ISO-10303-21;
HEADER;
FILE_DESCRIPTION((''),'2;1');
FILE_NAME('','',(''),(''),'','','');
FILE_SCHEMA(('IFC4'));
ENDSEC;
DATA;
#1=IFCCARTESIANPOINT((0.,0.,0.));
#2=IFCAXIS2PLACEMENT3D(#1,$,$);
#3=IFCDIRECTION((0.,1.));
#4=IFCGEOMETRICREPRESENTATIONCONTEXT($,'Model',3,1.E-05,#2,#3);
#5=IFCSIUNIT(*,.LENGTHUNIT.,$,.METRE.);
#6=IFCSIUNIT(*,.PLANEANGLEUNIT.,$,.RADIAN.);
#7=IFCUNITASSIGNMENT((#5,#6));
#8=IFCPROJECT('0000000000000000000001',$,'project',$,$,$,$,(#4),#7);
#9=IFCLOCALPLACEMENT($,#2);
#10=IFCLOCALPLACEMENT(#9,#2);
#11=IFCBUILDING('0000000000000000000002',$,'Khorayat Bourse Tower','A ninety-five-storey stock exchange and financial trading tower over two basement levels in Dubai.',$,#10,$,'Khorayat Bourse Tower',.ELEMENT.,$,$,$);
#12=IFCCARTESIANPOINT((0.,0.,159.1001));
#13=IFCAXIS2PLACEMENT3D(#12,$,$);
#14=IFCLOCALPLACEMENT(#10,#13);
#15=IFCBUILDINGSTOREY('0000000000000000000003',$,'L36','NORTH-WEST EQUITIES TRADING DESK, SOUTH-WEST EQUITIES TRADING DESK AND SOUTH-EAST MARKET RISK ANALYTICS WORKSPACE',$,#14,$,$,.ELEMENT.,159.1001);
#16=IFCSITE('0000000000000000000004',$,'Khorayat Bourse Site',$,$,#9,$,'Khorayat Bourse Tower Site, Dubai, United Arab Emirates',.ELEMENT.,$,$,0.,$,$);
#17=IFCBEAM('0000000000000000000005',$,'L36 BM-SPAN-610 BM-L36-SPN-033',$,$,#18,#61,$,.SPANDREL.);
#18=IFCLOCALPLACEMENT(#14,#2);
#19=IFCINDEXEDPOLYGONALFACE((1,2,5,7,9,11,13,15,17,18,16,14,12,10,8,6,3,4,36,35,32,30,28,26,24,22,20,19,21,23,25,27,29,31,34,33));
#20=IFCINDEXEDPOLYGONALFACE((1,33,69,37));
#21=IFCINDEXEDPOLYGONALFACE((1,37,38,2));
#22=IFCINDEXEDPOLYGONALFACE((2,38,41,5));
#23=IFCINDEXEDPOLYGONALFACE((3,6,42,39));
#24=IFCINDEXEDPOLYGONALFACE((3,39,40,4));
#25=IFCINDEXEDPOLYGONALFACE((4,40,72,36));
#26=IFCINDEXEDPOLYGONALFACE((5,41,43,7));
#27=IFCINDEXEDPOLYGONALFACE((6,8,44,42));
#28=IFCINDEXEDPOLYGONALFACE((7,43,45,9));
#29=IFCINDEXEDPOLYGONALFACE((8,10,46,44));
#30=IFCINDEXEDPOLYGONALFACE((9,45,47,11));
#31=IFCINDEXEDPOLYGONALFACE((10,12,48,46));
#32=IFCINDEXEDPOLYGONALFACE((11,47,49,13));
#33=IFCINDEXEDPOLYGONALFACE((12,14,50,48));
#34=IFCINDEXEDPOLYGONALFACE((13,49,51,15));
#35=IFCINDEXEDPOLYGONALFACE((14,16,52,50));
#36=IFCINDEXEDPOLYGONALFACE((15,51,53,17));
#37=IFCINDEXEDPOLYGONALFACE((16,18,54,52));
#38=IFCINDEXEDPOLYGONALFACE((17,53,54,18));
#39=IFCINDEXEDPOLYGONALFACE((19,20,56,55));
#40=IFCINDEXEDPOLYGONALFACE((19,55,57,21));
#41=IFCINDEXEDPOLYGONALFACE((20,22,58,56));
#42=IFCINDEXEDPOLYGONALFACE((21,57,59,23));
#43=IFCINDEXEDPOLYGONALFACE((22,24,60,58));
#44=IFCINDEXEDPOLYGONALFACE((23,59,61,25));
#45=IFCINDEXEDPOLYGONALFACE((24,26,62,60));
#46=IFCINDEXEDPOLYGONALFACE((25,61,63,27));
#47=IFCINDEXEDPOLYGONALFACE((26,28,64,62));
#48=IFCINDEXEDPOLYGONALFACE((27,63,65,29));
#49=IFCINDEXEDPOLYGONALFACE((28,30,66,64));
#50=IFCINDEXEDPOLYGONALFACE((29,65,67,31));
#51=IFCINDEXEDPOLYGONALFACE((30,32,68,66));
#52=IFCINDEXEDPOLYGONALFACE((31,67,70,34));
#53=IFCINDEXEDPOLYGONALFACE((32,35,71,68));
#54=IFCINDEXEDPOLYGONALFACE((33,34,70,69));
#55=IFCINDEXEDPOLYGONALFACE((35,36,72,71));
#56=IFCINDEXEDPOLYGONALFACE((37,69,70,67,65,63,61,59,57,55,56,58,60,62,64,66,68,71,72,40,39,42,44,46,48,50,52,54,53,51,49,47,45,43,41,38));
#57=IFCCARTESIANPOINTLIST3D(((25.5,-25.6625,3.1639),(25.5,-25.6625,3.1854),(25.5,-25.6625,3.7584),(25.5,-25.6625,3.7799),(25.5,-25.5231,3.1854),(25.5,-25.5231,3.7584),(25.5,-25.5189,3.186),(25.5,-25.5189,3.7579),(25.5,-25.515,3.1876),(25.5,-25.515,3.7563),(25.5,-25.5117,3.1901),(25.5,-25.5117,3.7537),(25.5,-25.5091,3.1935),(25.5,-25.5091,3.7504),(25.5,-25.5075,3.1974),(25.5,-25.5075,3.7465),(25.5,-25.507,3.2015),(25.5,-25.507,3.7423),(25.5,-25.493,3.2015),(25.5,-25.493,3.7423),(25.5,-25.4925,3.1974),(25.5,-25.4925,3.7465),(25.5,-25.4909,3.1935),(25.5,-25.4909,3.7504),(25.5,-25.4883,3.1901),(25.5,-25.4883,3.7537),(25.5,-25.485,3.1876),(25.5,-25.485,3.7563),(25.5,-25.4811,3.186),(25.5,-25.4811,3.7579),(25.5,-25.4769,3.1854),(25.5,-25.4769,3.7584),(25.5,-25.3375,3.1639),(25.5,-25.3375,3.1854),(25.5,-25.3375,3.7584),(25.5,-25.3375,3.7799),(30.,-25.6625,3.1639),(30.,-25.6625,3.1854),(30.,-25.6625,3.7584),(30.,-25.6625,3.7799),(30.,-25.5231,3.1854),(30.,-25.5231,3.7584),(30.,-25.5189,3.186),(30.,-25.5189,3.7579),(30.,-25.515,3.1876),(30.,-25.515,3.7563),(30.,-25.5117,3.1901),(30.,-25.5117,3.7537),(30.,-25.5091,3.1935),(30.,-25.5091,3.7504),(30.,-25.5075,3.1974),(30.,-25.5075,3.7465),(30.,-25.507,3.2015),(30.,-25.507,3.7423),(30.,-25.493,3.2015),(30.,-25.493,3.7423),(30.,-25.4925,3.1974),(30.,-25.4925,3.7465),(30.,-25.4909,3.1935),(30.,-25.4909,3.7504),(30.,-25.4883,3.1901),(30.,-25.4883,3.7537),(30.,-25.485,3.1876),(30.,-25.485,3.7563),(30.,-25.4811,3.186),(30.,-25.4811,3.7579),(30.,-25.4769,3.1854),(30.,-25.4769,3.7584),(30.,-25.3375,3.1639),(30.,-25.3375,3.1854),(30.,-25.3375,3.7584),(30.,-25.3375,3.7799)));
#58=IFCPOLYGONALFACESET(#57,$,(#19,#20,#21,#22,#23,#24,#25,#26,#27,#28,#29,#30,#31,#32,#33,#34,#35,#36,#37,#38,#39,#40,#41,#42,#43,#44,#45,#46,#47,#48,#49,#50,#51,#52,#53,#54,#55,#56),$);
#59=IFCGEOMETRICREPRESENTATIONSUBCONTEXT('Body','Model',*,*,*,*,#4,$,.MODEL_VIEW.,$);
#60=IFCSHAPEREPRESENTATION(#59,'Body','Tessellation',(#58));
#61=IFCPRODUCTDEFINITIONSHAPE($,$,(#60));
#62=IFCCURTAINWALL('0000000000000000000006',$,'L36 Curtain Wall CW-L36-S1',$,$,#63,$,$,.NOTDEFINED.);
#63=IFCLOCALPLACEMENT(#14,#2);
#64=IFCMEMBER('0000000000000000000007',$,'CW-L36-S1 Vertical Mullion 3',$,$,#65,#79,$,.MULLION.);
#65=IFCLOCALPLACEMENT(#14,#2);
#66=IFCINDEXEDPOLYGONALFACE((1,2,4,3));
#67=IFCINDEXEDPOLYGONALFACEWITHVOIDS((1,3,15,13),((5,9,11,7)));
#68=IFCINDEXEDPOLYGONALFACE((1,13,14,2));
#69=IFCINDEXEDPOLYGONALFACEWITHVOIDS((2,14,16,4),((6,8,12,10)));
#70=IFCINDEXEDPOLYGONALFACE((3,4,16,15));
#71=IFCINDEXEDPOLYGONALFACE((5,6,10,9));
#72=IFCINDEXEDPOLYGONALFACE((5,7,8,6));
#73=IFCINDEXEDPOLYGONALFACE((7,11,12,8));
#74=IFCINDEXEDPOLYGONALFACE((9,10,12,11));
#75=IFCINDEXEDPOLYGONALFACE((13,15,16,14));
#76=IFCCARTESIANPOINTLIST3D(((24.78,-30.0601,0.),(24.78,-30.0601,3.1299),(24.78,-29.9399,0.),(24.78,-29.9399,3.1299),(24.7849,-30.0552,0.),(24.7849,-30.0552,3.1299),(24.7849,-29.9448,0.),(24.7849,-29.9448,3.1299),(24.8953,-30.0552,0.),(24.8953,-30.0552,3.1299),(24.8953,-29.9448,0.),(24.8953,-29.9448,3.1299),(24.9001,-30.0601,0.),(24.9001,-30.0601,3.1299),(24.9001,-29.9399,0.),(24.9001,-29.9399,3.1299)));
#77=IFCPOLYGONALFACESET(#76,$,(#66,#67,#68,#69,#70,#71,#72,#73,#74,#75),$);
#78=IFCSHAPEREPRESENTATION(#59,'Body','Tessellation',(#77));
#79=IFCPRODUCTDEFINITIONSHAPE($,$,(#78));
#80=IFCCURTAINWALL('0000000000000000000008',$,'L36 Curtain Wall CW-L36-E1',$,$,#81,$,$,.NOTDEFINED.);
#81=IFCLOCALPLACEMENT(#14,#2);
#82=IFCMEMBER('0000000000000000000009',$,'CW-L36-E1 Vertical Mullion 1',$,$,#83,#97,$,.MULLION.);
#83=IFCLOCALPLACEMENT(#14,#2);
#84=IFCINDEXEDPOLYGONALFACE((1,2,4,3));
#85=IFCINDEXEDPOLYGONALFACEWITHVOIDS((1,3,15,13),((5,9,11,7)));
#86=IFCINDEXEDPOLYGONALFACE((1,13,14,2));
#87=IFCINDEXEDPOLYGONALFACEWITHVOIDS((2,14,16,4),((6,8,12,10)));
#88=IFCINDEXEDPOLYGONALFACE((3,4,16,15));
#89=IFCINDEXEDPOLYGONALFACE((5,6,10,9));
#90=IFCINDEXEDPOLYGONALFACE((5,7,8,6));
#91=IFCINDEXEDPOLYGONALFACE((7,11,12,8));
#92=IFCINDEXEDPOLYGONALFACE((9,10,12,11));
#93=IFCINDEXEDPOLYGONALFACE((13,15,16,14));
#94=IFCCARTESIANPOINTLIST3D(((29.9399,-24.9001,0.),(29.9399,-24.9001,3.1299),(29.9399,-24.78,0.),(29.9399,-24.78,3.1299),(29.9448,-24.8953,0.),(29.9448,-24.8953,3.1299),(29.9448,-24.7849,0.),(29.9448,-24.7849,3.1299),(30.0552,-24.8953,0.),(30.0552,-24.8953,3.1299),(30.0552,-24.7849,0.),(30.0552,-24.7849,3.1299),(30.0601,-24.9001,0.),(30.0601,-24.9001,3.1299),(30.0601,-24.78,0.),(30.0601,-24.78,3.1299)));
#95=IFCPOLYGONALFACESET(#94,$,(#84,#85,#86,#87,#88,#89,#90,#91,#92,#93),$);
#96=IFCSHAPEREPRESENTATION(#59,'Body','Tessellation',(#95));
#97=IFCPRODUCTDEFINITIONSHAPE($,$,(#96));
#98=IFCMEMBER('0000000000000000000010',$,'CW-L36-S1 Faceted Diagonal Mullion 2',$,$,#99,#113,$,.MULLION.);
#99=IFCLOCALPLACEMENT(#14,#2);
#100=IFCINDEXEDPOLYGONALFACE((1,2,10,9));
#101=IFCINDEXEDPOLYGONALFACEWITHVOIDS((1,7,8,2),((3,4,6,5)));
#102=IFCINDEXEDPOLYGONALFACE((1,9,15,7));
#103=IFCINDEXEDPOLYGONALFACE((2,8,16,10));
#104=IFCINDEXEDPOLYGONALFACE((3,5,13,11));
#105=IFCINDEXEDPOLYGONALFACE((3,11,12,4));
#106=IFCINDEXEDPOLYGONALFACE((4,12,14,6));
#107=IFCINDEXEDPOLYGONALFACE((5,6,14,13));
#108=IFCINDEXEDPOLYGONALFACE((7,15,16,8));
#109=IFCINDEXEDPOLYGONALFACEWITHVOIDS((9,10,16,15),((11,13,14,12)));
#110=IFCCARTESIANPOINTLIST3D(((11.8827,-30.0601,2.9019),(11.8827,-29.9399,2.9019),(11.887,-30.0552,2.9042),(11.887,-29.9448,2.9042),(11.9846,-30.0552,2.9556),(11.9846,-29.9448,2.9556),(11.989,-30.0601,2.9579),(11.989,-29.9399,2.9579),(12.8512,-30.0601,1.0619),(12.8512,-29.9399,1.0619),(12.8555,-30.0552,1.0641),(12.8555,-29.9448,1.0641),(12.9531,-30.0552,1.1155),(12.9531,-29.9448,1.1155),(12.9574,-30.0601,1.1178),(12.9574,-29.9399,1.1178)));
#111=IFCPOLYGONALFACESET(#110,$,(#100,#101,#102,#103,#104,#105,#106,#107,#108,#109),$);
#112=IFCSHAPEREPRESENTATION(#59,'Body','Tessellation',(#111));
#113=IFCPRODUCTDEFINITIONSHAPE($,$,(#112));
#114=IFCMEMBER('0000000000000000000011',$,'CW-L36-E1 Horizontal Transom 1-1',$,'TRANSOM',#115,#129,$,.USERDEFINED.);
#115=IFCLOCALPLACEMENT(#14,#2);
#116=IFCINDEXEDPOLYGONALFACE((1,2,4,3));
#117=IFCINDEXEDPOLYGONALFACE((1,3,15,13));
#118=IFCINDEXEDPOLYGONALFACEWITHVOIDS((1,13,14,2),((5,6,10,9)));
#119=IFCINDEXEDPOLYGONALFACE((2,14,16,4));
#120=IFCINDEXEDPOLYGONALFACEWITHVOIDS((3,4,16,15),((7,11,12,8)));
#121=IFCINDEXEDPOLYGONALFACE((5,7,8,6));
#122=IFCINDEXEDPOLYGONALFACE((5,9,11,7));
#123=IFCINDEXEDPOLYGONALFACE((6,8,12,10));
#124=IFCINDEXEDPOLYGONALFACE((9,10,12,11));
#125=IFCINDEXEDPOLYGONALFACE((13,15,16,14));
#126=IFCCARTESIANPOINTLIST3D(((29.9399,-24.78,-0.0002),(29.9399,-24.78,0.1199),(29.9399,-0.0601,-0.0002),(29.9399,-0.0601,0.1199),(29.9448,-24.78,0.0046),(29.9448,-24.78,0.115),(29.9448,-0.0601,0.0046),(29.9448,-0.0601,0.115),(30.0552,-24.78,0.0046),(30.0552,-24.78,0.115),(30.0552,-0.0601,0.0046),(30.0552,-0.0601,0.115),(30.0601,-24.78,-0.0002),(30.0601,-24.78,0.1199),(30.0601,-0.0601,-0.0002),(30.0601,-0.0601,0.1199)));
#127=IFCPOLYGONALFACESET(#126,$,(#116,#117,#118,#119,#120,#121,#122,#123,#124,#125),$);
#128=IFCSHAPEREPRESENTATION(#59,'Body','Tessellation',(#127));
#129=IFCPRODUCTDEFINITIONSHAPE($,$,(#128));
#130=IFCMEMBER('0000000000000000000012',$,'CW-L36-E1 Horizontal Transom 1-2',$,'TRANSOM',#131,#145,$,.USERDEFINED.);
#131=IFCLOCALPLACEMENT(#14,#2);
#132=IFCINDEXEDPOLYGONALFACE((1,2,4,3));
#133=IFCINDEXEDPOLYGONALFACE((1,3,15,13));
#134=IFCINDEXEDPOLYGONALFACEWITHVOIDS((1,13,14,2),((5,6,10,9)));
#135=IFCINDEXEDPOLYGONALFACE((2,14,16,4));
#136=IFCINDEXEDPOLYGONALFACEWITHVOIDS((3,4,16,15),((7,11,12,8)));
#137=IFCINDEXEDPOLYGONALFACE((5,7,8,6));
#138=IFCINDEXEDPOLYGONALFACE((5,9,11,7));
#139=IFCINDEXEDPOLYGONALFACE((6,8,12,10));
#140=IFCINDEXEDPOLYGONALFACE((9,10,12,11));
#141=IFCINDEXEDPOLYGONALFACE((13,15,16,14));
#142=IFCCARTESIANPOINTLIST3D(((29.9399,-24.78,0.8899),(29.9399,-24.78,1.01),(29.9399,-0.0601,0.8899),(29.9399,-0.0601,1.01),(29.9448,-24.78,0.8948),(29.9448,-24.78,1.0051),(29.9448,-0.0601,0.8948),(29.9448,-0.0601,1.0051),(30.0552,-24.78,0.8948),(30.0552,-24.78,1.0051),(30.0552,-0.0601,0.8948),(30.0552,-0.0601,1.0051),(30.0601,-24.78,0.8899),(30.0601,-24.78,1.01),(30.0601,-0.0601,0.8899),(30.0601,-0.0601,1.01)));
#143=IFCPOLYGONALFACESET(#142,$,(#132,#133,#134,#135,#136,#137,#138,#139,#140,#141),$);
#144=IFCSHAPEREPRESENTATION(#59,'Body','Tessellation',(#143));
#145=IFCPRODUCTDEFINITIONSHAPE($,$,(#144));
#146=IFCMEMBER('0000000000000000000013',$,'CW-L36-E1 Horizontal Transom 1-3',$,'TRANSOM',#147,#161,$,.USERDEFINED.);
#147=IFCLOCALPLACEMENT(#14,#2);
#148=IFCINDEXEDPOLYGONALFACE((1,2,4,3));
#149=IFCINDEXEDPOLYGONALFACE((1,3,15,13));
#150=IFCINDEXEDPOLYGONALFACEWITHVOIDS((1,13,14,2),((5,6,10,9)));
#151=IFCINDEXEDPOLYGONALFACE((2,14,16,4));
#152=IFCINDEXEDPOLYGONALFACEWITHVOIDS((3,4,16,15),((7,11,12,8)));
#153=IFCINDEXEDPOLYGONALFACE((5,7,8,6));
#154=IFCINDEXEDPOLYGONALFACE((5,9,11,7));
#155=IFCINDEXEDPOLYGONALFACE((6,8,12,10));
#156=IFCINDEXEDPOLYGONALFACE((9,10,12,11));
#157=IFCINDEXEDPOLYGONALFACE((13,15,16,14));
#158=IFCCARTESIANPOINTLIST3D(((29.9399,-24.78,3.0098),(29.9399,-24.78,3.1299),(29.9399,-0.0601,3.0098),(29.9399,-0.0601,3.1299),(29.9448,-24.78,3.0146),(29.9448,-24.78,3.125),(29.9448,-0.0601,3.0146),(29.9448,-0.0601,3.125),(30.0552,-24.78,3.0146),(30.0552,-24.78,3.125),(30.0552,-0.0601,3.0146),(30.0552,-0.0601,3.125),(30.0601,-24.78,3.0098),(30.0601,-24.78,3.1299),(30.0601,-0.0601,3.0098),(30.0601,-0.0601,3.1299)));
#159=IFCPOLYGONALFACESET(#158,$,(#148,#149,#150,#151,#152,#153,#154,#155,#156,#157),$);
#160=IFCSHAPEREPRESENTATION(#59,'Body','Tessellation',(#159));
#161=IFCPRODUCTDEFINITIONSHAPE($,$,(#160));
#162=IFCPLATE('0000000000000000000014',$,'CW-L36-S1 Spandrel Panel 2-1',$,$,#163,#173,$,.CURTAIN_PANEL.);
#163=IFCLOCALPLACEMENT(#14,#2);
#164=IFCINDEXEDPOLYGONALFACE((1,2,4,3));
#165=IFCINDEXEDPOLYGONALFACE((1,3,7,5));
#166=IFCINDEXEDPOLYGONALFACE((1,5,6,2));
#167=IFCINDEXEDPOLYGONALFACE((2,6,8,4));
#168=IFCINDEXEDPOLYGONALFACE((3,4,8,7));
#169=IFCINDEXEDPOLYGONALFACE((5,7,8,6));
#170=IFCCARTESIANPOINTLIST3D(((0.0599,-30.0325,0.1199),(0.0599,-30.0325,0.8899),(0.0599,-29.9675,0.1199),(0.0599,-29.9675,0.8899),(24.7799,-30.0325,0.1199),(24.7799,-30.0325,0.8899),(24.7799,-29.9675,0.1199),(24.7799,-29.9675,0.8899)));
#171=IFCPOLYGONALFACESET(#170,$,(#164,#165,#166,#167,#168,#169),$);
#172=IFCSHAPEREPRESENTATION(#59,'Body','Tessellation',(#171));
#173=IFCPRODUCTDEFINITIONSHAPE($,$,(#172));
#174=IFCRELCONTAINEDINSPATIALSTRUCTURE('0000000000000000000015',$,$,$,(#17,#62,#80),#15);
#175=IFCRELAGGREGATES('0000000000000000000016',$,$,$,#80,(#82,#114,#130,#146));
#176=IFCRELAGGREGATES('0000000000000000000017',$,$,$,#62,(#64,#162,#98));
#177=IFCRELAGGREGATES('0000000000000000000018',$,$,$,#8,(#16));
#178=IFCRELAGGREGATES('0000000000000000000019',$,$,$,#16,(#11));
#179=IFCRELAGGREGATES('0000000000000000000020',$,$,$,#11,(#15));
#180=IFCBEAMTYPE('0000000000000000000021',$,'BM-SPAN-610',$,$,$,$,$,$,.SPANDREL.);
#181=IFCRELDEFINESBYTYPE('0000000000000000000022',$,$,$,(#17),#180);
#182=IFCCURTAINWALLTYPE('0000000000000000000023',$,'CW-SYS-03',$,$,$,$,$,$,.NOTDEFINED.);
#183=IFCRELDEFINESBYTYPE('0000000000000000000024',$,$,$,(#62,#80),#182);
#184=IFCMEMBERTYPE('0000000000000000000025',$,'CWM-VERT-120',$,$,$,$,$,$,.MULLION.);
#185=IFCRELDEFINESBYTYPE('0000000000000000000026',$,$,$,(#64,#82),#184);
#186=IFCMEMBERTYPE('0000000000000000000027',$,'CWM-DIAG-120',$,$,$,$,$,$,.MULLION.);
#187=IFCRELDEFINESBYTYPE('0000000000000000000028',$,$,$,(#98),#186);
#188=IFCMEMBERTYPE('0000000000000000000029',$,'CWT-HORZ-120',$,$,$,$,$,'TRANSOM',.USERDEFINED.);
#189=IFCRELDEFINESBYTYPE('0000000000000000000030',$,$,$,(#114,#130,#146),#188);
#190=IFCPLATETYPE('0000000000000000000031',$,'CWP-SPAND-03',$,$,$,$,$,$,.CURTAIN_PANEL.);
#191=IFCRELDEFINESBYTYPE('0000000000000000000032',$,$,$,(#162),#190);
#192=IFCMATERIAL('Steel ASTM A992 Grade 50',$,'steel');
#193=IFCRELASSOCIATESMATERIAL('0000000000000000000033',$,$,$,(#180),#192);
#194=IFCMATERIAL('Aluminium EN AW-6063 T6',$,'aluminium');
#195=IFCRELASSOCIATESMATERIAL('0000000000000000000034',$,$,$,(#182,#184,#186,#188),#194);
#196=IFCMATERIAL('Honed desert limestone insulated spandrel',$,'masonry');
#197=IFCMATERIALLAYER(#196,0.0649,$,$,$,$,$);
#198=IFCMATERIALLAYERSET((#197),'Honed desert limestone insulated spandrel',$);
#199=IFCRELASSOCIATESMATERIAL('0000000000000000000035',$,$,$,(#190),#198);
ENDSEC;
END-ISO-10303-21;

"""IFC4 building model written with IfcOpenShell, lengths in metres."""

from ifc_helpers import new_model, si_unit, direction, frame, origin, origin_2d, place, context, subcontext, project, spatial, rectangle, hollow_rectangle, i_section, extrude, source, transform, mapped, material, layer, layer_set, material_profile, profile_set, type_object, element, aggregate, save


model = new_model("IFC4")

# Units and contexts
model_context = context("Model", 3, precision=1e-05, world=origin(), true_north=direction((0.0, 1.0)))
body_context = subcontext(model_context, "Body", "Model", "MODEL_VIEW")
ifc_project = project(units=[si_unit("LENGTHUNIT", "METRE"), si_unit("PLANEANGLEUNIT", "RADIAN")], contexts=[model_context])

# Site, building, storey
site_placement = place(None, origin())
site = spatial("IfcSite", under=ifc_project, at=site_placement, Name="Khorayat Bourse Site", LongName="Khorayat Bourse Tower Site, Dubai, United Arab Emirates", CompositionType="ELEMENT", RefElevation=0.0)
building_placement = place(site_placement, origin())
building = spatial("IfcBuilding", under=site, at=building_placement, Name="Khorayat Bourse Tower", Description="A ninety-five-storey stock exchange and financial trading tower over two basement levels in Dubai.", LongName="Khorayat Bourse Tower", CompositionType="ELEMENT")
storey_placement = place(building_placement, frame((0.0, 0.0, 159.1001)))
storey = spatial("IfcBuildingStorey", under=building, at=storey_placement, Name="L36", Description="NORTH-WEST EQUITIES TRADING DESK, SOUTH-WEST EQUITIES TRADING DESK AND SOUTH-EAST MARKET RISK ANALYTICS WORKSPACE", CompositionType="ELEMENT", Elevation=159.1001)

# Beam
ifc_material_1 = material(Name="Steel ASTM A992 Grade 50", Category="steel")
ifc_material_profile_1 = material_profile(ifc_material_1, i_section(OverallWidth=0.325, OverallDepth=0.616, WebThickness=0.0139, FlangeThickness=0.0215, FilletRadius=0.0161, at=origin_2d()), Name="W610X174")
ifc_profile_set_1 = profile_set([ifc_material_profile_1], Name="Steel ASTM A992 Grade 50")
beam_type_1 = type_object("IfcBeamType", Name="BM-SPAN-610", PredefinedType="SPANDREL", material=ifc_profile_set_1)
shared_shape_1 = source(origin(), body_context, "Body", "SweptSolid", [
    extrude(i_section(OverallWidth=0.325, OverallDepth=0.616, WebThickness=0.0139, FlangeThickness=0.0215, FilletRadius=0.0161, at=origin_2d()), origin(), (0.0, 0.0, 1.0), 4.5),
])
for number, where, z_axis, x_axis, name in (
    (1, (25.5, -25.5, 3.4719), (1.0, 0.0, 0.0), (0.0, 1.0, 0.0), "L36 BM-SPAN-610 BM-L36-SPN-033"),
):
    element("IfcBeam", number, at=place(storey_placement, frame(where, z_axis=z_axis, x_axis=x_axis)), inside=storey, type_object=beam_type_1, Name=name, PredefinedType="SPANDREL", context=body_context, shape_type="MappedRepresentation", body=[
        mapped(shared_shape_1, transform((0.0, 0.0, 0.0), scale=1.0)),
    ])

# Curtain walls, members
ifc_material_2 = material(Name="Aluminium EN AW-6063 T6", Category="aluminium")
curtain_wall_type = type_object("IfcCurtainWallType", Name="CW-SYS-03", PredefinedType="NOTDEFINED", material=ifc_material_2)
curtain_wall_1_placement = place(storey_placement, origin())
curtain_wall_1 = element("IfcCurtainWall", 2, at=curtain_wall_1_placement, inside=storey, type_object=curtain_wall_type, Name="L36 Curtain Wall CW-L36-S1", PredefinedType="NOTDEFINED")
ifc_material_profile_2 = material_profile(ifc_material_2, hollow_rectangle(XDim=0.1201, YDim=0.1201, WallThickness=0.0049, at=origin_2d()), Name="ALU 120x120x5")
ifc_profile_set_2 = profile_set([ifc_material_profile_2], Name="Aluminium EN AW-6063 T6")
member_type_1 = type_object("IfcMemberType", Name="CWM-VERT-120", PredefinedType="MULLION", material=ifc_profile_set_2)
shared_shape_2 = source(origin(), body_context, "Body", "SweptSolid", [
    extrude(hollow_rectangle(XDim=0.1201, YDim=0.1201, WallThickness=0.0049, at=origin_2d()), origin(), (0.0, 0.0, 1.0), 3.1299),
])
member_1_placement = place(storey_placement, frame((24.8401, -30.0, 0.0), z_axis=(0.0, 0.0, 1.0), x_axis=(0.0, 1.0, 0.0)))
member_1 = element("IfcMember", 3, at=member_1_placement, type_object=member_type_1, Name="CW-L36-S1 Vertical Mullion 3", PredefinedType="MULLION", context=body_context, shape_type="MappedRepresentation", body=[
    mapped(shared_shape_2, transform((0.0, 0.0, 0.0), scale=1.0)),
])
curtain_wall_2_placement = place(storey_placement, origin())
curtain_wall_2 = element("IfcCurtainWall", 4, at=curtain_wall_2_placement, inside=storey, type_object=curtain_wall_type, Name="L36 Curtain Wall CW-L36-E1", PredefinedType="NOTDEFINED")
member_2_placement = place(storey_placement, frame((30.0, -24.8401, 0.0), z_axis=(0.0, 0.0, 1.0), x_axis=(-1.0, 0.0, 0.0)))
member_2 = element("IfcMember", 5, at=member_2_placement, type_object=member_type_1, Name="CW-L36-E1 Vertical Mullion 1", PredefinedType="MULLION", context=body_context, shape_type="MappedRepresentation", body=[
    mapped(shared_shape_2, transform((0.0, 0.0, 0.0), scale=1.0)),
])

# Members
ifc_material_profile_3 = material_profile(ifc_material_2, hollow_rectangle(XDim=0.1201, YDim=0.1201, WallThickness=0.0049, at=origin_2d()), Name="ALU 120x120x5")
ifc_profile_set_3 = profile_set([ifc_material_profile_3], Name="Aluminium EN AW-6063 T6")
member_type_2 = type_object("IfcMemberType", Name="CWM-DIAG-120", PredefinedType="MULLION", material=ifc_profile_set_3)
shared_shape_3 = source(origin(), body_context, "Body", "SweptSolid", [
    extrude(hollow_rectangle(XDim=0.1201, YDim=0.1201, WallThickness=0.0049, at=origin_2d()), origin(), (0.0, 0.0, 1.0), 2.0793),
])
member_3_placement = place(storey_placement, frame((12.9043, -30.0, 1.0898), z_axis=(-0.465761, 0.0, 0.884911), x_axis=(0.0, -1.0, 0.0)))
member_3 = element("IfcMember", 6, at=member_3_placement, type_object=member_type_2, Name="CW-L36-S1 Faceted Diagonal Mullion 2", PredefinedType="MULLION", context=body_context, shape_type="MappedRepresentation", body=[
    mapped(shared_shape_3, transform((0.0, 0.0, 0.0), scale=1.0)),
])
ifc_material_profile_4 = material_profile(ifc_material_2, hollow_rectangle(XDim=0.1201, YDim=0.1201, WallThickness=0.0049, at=origin_2d()), Name="ALU 120x120x5")
ifc_profile_set_4 = profile_set([ifc_material_profile_4], Name="Aluminium EN AW-6063 T6")
member_type_3 = type_object("IfcMemberType", Name="CWT-HORZ-120", ElementType="TRANSOM", PredefinedType="USERDEFINED", material=ifc_profile_set_4)
shared_shape_4 = source(origin(), body_context, "Body", "SweptSolid", [
    extrude(hollow_rectangle(XDim=0.1201, YDim=0.1201, WallThickness=0.0049, at=origin_2d()), origin(), (0.0, 0.0, 1.0), 24.72),
])
member_4_placement = place(storey_placement, frame((30.0, -24.78, 0.0598), z_axis=(0.0, 1.0, 0.0), x_axis=(-1.0, 0.0, 0.0)))
member_4 = element("IfcMember", 7, at=member_4_placement, type_object=member_type_3, Name="CW-L36-E1 Horizontal Transom 1-1", ObjectType="TRANSOM", PredefinedType="USERDEFINED", context=body_context, shape_type="MappedRepresentation", body=[
    mapped(shared_shape_4, transform((0.0, 0.0, 0.0), scale=1.0)),
])
member_5_placement = place(storey_placement, frame((30.0, -24.78, 0.95), z_axis=(0.0, 1.0, 0.0), x_axis=(-1.0, 0.0, 0.0)))
member_5 = element("IfcMember", 8, at=member_5_placement, type_object=member_type_3, Name="CW-L36-E1 Horizontal Transom 1-2", ObjectType="TRANSOM", PredefinedType="USERDEFINED", context=body_context, shape_type="MappedRepresentation", body=[
    mapped(shared_shape_4, transform((0.0, 0.0, 0.0), scale=1.0)),
])
member_6_placement = place(storey_placement, frame((30.0, -24.78, 3.0698), z_axis=(0.0, 1.0, 0.0), x_axis=(-1.0, 0.0, 0.0)))
member_6 = element("IfcMember", 9, at=member_6_placement, type_object=member_type_3, Name="CW-L36-E1 Horizontal Transom 1-3", ObjectType="TRANSOM", PredefinedType="USERDEFINED", context=body_context, shape_type="MappedRepresentation", body=[
    mapped(shared_shape_4, transform((0.0, 0.0, 0.0), scale=1.0)),
])
aggregate(curtain_wall_2, [member_2, member_4, member_5, member_6])

# Plate
ifc_material_3 = material(Name="Honed desert limestone insulated spandrel", Category="masonry")
ifc_layer_1 = layer(ifc_material_3, 0.0649)
ifc_layer_set_1 = layer_set([ifc_layer_1], Name="Honed desert limestone insulated spandrel")
plate_type_1 = type_object("IfcPlateType", Name="CWP-SPAND-03", PredefinedType="CURTAIN_PANEL", material=ifc_layer_set_1)
shared_shape_5 = source(origin(), body_context, "Body", "SweptSolid", [
    extrude(rectangle(XDim=24.72, YDim=0.0649, at=origin_2d()), origin(), (0.0, 0.0, 1.0), 0.77),
])
plate_1_placement = place(storey_placement, frame((12.4199, -30.0, 0.1199), z_axis=(0.0, 0.0, 1.0), x_axis=(1.0, 0.0, 0.0)))
plate_1 = element("IfcPlate", 10, at=plate_1_placement, type_object=plate_type_1, Name="CW-L36-S1 Spandrel Panel 2-1", PredefinedType="CURTAIN_PANEL", context=body_context, shape_type="MappedRepresentation", body=[
    mapped(shared_shape_5, transform((0.0, 0.0, 0.0), scale=1.0)),
])
aggregate(curtain_wall_1, [member_1, plate_1, member_3])

save(model, "model.ifc")
